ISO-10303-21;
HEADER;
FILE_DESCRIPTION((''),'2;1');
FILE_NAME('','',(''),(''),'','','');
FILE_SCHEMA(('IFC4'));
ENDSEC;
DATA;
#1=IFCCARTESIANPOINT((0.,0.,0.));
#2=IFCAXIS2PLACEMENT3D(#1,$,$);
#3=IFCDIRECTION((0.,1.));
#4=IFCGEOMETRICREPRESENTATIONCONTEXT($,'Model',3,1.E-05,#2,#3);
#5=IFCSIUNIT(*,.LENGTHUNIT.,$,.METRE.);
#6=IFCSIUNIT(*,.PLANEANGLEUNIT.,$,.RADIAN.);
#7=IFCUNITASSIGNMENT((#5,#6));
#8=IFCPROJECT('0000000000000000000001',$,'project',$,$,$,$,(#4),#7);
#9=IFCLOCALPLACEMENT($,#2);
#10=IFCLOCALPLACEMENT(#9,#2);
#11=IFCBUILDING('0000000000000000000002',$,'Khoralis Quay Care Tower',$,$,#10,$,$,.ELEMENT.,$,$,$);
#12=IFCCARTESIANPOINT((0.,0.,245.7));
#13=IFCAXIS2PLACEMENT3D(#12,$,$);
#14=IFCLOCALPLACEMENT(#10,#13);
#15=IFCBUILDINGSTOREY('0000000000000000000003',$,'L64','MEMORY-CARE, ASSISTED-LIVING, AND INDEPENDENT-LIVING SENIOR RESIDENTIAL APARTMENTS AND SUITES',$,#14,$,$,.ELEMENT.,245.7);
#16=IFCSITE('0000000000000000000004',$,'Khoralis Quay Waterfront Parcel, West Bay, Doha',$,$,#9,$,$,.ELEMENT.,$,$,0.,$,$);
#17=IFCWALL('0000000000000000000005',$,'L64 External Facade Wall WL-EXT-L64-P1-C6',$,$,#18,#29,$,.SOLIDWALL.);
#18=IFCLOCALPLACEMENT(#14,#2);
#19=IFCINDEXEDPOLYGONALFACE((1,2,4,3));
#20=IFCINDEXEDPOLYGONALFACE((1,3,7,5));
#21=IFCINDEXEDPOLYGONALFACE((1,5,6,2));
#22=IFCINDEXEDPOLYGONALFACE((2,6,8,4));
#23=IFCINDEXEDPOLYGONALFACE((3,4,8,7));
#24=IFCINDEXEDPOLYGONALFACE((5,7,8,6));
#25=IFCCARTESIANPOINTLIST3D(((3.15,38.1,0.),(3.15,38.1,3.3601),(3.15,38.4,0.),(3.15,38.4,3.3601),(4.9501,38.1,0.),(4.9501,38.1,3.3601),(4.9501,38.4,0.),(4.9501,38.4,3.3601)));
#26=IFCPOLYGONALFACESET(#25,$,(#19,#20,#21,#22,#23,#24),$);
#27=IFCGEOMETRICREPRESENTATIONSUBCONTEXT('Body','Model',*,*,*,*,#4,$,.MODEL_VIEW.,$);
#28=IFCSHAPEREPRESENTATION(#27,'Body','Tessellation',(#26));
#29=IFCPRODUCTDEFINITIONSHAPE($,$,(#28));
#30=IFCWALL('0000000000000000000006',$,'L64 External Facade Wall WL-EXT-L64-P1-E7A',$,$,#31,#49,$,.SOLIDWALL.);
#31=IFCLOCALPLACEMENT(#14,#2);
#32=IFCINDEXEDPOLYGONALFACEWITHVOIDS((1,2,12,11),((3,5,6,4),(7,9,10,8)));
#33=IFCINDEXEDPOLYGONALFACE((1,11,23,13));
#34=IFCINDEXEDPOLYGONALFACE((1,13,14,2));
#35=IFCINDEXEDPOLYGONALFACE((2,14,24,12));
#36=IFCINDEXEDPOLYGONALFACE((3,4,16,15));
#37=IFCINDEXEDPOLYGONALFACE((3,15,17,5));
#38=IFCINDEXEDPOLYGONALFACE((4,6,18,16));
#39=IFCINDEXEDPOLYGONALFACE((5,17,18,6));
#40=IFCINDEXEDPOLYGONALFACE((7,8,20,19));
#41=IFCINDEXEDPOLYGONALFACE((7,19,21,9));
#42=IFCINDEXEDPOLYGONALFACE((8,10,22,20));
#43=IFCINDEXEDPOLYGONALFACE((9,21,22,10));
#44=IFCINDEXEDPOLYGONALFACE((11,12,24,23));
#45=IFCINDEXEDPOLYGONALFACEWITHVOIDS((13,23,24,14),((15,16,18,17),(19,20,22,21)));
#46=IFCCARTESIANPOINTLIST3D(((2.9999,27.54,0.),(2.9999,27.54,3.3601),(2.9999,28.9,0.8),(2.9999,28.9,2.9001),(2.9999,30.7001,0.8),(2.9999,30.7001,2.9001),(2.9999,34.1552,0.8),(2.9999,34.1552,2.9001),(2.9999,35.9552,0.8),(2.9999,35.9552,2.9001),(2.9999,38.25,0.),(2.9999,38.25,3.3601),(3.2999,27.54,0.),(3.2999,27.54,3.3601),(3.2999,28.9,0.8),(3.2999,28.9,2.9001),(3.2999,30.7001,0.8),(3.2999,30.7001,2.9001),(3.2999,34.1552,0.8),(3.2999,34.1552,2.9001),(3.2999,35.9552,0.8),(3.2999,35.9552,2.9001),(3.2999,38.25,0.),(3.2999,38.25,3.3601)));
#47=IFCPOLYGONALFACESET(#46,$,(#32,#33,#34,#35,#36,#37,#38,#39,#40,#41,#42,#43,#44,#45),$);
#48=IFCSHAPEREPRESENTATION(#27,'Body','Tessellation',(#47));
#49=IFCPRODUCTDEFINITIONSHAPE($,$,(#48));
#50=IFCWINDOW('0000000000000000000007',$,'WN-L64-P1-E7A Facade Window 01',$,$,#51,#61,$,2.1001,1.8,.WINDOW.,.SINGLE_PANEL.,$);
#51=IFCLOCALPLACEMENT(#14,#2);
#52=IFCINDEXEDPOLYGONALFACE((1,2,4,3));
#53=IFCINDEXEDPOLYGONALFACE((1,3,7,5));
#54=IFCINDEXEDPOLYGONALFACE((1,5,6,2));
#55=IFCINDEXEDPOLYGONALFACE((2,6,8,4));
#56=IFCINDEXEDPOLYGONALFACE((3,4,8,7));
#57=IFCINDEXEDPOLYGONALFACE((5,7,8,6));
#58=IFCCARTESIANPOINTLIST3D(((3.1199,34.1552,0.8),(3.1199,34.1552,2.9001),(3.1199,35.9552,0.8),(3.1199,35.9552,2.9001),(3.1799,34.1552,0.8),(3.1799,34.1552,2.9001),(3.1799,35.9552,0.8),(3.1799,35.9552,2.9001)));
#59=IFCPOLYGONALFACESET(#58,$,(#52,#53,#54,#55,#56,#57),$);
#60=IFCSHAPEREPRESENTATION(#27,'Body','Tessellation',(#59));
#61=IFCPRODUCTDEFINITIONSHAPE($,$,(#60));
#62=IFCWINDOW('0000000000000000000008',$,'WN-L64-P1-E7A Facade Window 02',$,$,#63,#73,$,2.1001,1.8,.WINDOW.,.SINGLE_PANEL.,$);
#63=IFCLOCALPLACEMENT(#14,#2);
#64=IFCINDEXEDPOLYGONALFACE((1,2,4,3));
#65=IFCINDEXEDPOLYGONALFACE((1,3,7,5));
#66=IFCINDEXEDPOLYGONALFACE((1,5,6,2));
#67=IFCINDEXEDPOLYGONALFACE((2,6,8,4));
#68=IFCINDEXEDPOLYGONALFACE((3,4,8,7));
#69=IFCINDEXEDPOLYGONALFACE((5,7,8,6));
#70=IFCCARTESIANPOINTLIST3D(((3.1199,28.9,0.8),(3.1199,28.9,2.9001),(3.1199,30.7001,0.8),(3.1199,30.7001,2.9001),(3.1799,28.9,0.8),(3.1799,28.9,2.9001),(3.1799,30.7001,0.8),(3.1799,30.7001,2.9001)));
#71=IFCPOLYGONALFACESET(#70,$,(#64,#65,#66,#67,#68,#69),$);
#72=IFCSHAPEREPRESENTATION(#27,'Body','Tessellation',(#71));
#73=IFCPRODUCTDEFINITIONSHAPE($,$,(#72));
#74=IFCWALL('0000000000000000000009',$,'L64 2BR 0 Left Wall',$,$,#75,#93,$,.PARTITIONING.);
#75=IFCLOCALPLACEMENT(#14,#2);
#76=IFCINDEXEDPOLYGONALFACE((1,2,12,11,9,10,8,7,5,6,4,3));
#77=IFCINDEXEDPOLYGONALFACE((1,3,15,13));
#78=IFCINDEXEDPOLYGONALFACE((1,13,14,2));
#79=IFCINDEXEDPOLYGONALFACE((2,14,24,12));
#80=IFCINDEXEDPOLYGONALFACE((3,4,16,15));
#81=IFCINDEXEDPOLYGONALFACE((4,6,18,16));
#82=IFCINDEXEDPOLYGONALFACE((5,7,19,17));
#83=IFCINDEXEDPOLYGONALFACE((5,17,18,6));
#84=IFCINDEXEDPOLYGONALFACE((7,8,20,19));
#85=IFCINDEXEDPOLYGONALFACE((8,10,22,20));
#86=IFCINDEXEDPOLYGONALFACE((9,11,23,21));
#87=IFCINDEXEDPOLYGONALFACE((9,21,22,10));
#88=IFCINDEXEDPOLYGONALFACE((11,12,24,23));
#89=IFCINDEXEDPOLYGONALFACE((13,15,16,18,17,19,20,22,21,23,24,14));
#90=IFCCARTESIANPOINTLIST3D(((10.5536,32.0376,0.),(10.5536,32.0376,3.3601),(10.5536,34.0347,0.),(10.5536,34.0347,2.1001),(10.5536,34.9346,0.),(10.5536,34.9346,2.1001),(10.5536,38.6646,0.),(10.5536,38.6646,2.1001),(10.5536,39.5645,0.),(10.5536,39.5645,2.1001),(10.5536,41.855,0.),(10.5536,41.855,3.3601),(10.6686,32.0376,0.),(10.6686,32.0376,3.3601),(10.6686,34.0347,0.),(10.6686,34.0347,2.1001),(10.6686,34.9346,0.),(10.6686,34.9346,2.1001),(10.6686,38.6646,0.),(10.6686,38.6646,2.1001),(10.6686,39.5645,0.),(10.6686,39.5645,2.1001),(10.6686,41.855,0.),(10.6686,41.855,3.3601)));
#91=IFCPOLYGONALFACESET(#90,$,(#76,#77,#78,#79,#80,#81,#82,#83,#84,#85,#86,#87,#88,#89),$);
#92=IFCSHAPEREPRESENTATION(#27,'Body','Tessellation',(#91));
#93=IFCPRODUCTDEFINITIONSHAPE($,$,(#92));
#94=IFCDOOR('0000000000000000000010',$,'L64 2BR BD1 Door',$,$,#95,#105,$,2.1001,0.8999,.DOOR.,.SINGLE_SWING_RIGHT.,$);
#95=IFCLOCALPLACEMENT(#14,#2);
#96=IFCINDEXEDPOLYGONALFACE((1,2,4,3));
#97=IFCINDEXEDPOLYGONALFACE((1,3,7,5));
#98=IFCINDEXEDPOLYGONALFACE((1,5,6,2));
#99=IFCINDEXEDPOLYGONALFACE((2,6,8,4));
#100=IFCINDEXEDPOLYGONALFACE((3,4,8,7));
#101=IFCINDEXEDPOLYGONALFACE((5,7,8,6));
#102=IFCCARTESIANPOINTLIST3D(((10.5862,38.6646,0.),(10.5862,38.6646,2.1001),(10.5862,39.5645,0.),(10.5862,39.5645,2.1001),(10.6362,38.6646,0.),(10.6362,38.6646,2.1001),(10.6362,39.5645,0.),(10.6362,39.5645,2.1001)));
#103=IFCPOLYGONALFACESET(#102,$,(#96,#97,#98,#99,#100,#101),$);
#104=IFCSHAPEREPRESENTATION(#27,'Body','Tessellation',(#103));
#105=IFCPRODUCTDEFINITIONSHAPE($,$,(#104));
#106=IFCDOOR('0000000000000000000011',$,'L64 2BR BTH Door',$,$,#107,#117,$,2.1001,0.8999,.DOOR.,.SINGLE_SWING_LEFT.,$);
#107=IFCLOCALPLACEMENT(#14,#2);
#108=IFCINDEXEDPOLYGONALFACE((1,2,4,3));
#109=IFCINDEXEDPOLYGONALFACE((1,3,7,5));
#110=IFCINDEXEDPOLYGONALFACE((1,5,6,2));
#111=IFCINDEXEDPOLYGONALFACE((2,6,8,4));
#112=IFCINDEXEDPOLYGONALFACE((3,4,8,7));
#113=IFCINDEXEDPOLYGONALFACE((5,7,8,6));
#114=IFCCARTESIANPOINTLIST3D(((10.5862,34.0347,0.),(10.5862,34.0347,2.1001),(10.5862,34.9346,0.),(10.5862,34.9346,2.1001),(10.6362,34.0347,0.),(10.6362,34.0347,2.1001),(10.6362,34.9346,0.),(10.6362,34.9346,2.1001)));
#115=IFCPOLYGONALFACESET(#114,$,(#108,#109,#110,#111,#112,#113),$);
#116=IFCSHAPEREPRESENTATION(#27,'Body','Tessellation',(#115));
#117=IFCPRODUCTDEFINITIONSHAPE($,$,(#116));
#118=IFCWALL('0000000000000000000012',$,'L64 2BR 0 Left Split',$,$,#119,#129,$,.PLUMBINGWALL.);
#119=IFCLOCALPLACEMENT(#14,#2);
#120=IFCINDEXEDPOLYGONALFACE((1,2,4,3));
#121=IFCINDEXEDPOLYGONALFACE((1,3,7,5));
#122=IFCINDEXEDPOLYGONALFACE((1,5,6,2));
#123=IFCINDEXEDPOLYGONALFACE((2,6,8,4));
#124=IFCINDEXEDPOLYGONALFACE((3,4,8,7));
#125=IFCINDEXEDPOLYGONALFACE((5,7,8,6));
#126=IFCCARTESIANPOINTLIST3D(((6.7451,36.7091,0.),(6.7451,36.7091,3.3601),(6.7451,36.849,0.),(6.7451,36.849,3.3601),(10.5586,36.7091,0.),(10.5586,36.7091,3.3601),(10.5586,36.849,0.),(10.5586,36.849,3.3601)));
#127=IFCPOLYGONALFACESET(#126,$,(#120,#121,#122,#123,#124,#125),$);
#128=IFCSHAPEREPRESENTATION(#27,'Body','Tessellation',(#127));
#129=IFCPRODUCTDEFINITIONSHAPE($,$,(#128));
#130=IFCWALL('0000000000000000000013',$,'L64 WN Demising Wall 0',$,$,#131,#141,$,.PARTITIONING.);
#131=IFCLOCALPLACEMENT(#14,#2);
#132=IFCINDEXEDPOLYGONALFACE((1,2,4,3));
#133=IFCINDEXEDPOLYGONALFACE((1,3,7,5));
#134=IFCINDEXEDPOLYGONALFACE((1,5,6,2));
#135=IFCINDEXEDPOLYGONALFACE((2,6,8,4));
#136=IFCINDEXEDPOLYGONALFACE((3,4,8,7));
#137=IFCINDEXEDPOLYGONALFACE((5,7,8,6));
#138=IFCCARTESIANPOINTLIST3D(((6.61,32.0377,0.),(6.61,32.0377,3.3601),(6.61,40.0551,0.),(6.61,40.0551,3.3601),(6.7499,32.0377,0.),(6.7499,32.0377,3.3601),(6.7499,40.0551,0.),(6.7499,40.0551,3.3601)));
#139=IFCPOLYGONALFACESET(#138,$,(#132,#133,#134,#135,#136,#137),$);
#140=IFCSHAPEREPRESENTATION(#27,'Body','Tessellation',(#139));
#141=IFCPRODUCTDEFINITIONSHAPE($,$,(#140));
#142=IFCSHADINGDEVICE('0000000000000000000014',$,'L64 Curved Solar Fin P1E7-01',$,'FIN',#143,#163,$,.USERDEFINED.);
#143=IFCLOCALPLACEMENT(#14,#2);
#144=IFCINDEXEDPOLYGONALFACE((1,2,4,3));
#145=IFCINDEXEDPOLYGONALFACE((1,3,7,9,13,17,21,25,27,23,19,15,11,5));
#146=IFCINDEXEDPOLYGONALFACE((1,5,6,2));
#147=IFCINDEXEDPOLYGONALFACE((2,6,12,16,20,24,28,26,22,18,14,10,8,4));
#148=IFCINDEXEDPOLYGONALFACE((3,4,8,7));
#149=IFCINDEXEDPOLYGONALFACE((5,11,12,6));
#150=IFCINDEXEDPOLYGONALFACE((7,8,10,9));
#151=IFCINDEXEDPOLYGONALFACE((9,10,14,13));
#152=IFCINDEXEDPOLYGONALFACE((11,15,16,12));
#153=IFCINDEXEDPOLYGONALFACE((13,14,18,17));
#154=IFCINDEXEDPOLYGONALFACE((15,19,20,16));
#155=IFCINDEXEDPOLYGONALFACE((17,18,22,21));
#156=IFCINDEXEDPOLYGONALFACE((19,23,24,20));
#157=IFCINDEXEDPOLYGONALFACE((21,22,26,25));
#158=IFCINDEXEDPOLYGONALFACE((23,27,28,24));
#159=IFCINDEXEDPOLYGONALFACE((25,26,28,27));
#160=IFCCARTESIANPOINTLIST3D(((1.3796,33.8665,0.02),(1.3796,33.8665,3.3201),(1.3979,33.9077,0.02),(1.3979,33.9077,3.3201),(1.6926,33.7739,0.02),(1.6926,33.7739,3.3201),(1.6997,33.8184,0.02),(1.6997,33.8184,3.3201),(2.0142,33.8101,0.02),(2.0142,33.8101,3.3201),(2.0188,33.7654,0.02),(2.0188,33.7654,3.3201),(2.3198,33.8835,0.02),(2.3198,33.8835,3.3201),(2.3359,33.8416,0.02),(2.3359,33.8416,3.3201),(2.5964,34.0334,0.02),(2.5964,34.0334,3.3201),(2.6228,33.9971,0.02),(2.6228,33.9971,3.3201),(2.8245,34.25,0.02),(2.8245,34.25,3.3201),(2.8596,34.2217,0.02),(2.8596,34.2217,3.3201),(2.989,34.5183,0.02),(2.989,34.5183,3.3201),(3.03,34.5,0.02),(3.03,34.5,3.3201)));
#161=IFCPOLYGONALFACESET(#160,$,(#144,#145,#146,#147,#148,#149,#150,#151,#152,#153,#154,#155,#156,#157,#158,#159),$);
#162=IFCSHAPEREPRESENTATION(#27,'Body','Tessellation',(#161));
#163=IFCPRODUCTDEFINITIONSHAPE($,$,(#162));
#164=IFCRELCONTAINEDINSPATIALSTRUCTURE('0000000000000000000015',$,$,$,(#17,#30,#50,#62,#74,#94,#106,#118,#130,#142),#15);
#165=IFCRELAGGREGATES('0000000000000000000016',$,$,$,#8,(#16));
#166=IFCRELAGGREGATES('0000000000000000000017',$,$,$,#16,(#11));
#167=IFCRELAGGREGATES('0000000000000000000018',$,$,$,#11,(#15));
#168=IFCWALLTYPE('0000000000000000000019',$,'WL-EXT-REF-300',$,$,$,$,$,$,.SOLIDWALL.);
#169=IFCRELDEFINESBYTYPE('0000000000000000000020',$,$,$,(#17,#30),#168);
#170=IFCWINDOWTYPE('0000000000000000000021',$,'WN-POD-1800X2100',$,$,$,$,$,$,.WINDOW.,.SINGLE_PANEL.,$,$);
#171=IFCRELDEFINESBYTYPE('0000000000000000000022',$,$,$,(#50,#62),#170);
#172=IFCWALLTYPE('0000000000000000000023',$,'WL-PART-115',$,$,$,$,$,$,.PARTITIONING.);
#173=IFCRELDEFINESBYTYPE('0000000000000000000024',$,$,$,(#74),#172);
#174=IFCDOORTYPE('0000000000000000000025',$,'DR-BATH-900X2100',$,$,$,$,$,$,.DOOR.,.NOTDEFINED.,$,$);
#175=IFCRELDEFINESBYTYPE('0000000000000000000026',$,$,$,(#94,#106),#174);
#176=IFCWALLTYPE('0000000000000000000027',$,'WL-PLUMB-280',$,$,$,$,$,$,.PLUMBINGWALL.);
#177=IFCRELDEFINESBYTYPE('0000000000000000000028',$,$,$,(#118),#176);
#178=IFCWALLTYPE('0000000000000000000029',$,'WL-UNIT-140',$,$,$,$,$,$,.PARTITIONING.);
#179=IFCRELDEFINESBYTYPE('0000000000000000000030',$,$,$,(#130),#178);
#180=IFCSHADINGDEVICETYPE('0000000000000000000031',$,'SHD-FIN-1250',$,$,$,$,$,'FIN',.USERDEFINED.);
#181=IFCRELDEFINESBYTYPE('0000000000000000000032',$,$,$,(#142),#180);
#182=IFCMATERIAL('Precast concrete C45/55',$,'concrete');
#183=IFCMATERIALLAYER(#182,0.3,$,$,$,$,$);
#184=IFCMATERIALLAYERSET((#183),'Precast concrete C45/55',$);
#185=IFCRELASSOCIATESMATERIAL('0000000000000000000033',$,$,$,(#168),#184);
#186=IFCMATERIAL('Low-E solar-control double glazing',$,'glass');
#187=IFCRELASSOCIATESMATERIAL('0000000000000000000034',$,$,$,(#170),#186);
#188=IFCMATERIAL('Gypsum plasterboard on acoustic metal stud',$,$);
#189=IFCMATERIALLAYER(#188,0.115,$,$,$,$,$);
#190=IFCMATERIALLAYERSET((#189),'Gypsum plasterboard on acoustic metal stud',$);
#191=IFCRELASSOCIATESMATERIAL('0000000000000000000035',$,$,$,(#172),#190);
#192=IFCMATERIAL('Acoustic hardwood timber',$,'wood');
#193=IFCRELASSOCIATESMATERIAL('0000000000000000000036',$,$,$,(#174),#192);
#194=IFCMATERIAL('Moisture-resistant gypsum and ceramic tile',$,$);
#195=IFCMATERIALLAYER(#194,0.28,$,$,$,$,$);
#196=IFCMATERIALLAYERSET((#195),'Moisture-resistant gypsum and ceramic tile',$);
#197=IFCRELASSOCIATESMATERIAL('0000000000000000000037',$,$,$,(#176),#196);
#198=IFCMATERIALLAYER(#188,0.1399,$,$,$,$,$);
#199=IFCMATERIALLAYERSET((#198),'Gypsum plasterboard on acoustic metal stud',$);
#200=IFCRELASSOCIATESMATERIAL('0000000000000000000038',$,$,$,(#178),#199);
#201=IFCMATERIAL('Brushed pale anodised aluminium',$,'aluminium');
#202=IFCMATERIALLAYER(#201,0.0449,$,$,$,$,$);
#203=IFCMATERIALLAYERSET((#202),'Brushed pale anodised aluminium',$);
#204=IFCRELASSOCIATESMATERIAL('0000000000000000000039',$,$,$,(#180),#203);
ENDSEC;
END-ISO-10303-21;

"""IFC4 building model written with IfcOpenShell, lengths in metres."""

from ifc_helpers import new_model, si_unit, direction, frame, frame_2d, origin, place, context, subcontext, project, spatial, polyline, rectangle, outline, extrude, source, transform, mapped, material, layer, layer_set, type_object, element, fill, save


model = new_model("IFC4")

# Units and contexts
model_context = context("Model", 3, precision=1e-05, world=origin(), true_north=direction((0.0, 1.0)))
body_context = subcontext(model_context, "Body", "Model", "MODEL_VIEW")
ifc_project = project(units=[si_unit("LENGTHUNIT", "METRE"), si_unit("PLANEANGLEUNIT", "RADIAN")], contexts=[model_context])

# Site, building, storey
site_placement = place(None, origin())
site = spatial("IfcSite", under=ifc_project, at=site_placement, Name="Khoralis Quay Waterfront Parcel, West Bay, Doha", CompositionType="ELEMENT", RefElevation=0.0)
building_placement = place(site_placement, origin())
building = spatial("IfcBuilding", under=site, at=building_placement, Name="Khoralis Quay Care Tower", CompositionType="ELEMENT")
storey_placement = place(building_placement, frame((0.0, 0.0, 245.7)))
storey = spatial("IfcBuildingStorey", under=building, at=storey_placement, Name="L64", Description="MEMORY-CARE, ASSISTED-LIVING, AND INDEPENDENT-LIVING SENIOR RESIDENTIAL APARTMENTS AND SUITES", CompositionType="ELEMENT", Elevation=245.7)

# Shared definitions
ifc_material_1 = material(Name="Gypsum plasterboard on acoustic metal stud")

# Shared definitions
ifc_material_2 = material(Name="Acoustic hardwood timber", Category="wood")

# Wall
ifc_material_3 = material(Name="Precast concrete C45/55", Category="concrete")
ifc_layer_1 = layer(ifc_material_3, 0.3)
ifc_layer_set_1 = layer_set([ifc_layer_1], Name="Precast concrete C45/55")
wall_type_1 = type_object("IfcWallType", Name="WL-EXT-REF-300", PredefinedType="SOLIDWALL", material=ifc_layer_set_1)
for number, where, z_axis, x_axis, name in (
    (1, (4.95, 38.25, 0.0), (0.0, 0.0, 1.0), (-1.0, 0.0, 0.0), "L64 External Facade Wall WL-EXT-L64-P1-C6"),
):
    element("IfcWall", number, at=place(storey_placement, frame(where, z_axis=z_axis, x_axis=x_axis)), inside=storey, type_object=wall_type_1, Name=name, PredefinedType="SOLIDWALL", context=body_context, shape_type="SweptSolid", body=[
        extrude(rectangle(XDim=1.8, YDim=0.3, at=frame_2d((0.8999, 0.0))), origin(), (0.0, 0.0, 1.0), 3.3601),
    ])

# Wall, openings, windows
wall_1_placement = place(storey_placement, frame((3.1499, 38.25, 0.0), z_axis=(0.0, 0.0, 1.0), x_axis=(0.0, -1.0, 0.0)))
wall_1 = element("IfcWall", 2, at=wall_1_placement, inside=storey, type_object=wall_type_1, Name="L64 External Facade Wall WL-EXT-L64-P1-E7A", PredefinedType="SOLIDWALL", context=body_context, shape_type="SweptSolid", body=[
    extrude(rectangle(XDim=10.71, YDim=0.3, at=frame_2d((5.355, 0.0))), origin(), (0.0, 0.0, 1.0), 3.3601),
])
opening_1_placement = place(wall_1_placement, frame((2.2949, 0.0, 0.8)))
opening_1 = element("IfcOpeningElement", 3, at=opening_1_placement, cuts=wall_1, PredefinedType="OPENING", context=body_context, shape_type="SweptSolid", body=[
    extrude(rectangle(XDim=1.8, YDim=2.1001, at=frame_2d((0.8999, 1.05))), frame((0.0, 0.1602, 0.0), z_axis=(0.0, -1.0, 0.0), x_axis=(1.0, 0.0, 0.0)), (0.0, 0.0, 1.0), 0.3201),
])
opening_2_placement = place(wall_1_placement, frame((7.55, 0.0, 0.8)))
opening_2 = element("IfcOpeningElement", 4, at=opening_2_placement, cuts=wall_1, PredefinedType="OPENING", context=body_context, shape_type="SweptSolid", body=[
    extrude(rectangle(XDim=1.8, YDim=2.1001, at=frame_2d((0.8999, 1.05))), frame((0.0, 0.1602, 0.0), z_axis=(0.0, -1.0, 0.0), x_axis=(1.0, 0.0, 0.0)), (0.0, 0.0, 1.0), 0.3201),
])
ifc_material_4 = material(Name="Low-E solar-control double glazing", Category="glass")
window_type = type_object("IfcWindowType", Name="WN-POD-1800X2100", PartitioningType="SINGLE_PANEL", PredefinedType="WINDOW", material=ifc_material_4)
shared_shape_1 = source(origin(), body_context, "Body", "SweptSolid", [
    extrude(rectangle(XDim=1.8, YDim=2.1001, at=frame_2d((0.8999, 1.05))), frame((0.0, 0.03, 0.0), z_axis=(0.0, -1.0, 0.0), x_axis=(1.0, 0.0, 0.0)), (0.0, 0.0, 1.0), 0.0601),
])
window_1_placement = place(opening_1_placement, origin())
window_1 = element("IfcWindow", 5, at=window_1_placement, inside=storey, type_object=window_type, Name="WN-L64-P1-E7A Facade Window 01", OverallHeight=2.1001, OverallWidth=1.8, PartitioningType="SINGLE_PANEL", PredefinedType="WINDOW", context=body_context, shape_type="MappedRepresentation", body=[
    mapped(shared_shape_1, transform((0.0, 0.0, 0.0), scale=1.0)),
])
fill(opening_1, window_1)
window_2_placement = place(opening_2_placement, origin())
window_2 = element("IfcWindow", 6, at=window_2_placement, inside=storey, type_object=window_type, Name="WN-L64-P1-E7A Facade Window 02", OverallHeight=2.1001, OverallWidth=1.8, PartitioningType="SINGLE_PANEL", PredefinedType="WINDOW", context=body_context, shape_type="MappedRepresentation", body=[
    mapped(shared_shape_1, transform((0.0, 0.0, 0.0), scale=1.0)),
])
fill(opening_2, window_2)

# Wall, openings, doors
ifc_layer_2 = layer(ifc_material_1, 0.115)
ifc_layer_set_2 = layer_set([ifc_layer_2], Name="Gypsum plasterboard on acoustic metal stud")
wall_type_2 = type_object("IfcWallType", Name="WL-PART-115", PredefinedType="PARTITIONING", material=ifc_layer_set_2)
wall_2_placement = place(storey_placement, frame((10.6111, 32.0376, 0.0), z_axis=(0.0, 0.0, 1.0), x_axis=(0.0, 1.0, 0.0)))
wall_2 = element("IfcWall", 7, at=wall_2_placement, inside=storey, type_object=wall_type_2, Name="L64 2BR 0 Left Wall", PredefinedType="PARTITIONING", context=body_context, shape_type="SweptSolid", body=[
    extrude(rectangle(XDim=9.8174, YDim=0.115, at=frame_2d((4.9087, 0.0))), origin(), (0.0, 0.0, 1.0), 3.3601),
])
opening_3_placement = place(wall_2_placement, frame((6.627, 0.0, 0.0)))
opening_3 = element("IfcOpeningElement", 8, at=opening_3_placement, cuts=wall_2, PredefinedType="OPENING", context=body_context, shape_type="SweptSolid", body=[
    extrude(rectangle(XDim=0.8999, YDim=2.1001, at=frame_2d((0.45, 1.05))), frame((0.0, 0.0674, 0.0), z_axis=(0.0, -1.0, 0.0), x_axis=(1.0, 0.0, 0.0)), (0.0, 0.0, 1.0), 0.135),
])
opening_4_placement = place(wall_2_placement, frame((1.9971, 0.0, 0.0)))
opening_4 = element("IfcOpeningElement", 9, at=opening_4_placement, cuts=wall_2, PredefinedType="OPENING", context=body_context, shape_type="SweptSolid", body=[
    extrude(rectangle(XDim=0.8999, YDim=2.1001, at=frame_2d((0.45, 1.05))), frame((0.0, 0.0674, 0.0), z_axis=(0.0, -1.0, 0.0), x_axis=(1.0, 0.0, 0.0)), (0.0, 0.0, 1.0), 0.135),
])
door_type_1 = type_object("IfcDoorType", Name="DR-BATH-900X2100", OperationType="NOTDEFINED", PredefinedType="DOOR", material=ifc_material_2)
shared_shape_2 = source(origin(), body_context, "Body", "SweptSolid", [
    extrude(rectangle(XDim=0.8999, YDim=2.1001, at=frame_2d((0.45, 1.05))), frame((0.0, 0.0249, 0.0), z_axis=(0.0, -1.0, 0.0), x_axis=(1.0, 0.0, 0.0)), (0.0, 0.0, 1.0), 0.05),
])
door_1_placement = place(opening_3_placement, origin())
door_1 = element("IfcDoor", 10, at=door_1_placement, inside=storey, type_object=door_type_1, Name="L64 2BR BD1 Door", OperationType="SINGLE_SWING_RIGHT", OverallHeight=2.1001, OverallWidth=0.8999, PredefinedType="DOOR", context=body_context, shape_type="MappedRepresentation", body=[
    mapped(shared_shape_2, transform((0.0, 0.0, 0.0), scale=1.0)),
])
fill(opening_3, door_1)
door_2_placement = place(opening_4_placement, origin())
door_2 = element("IfcDoor", 11, at=door_2_placement, inside=storey, type_object=door_type_1, Name="L64 2BR BTH Door", OperationType="SINGLE_SWING_LEFT", OverallHeight=2.1001, OverallWidth=0.8999, PredefinedType="DOOR", context=body_context, shape_type="MappedRepresentation", body=[
    mapped(shared_shape_2, transform((0.0, 0.0, 0.0), scale=1.0)),
])
fill(opening_4, door_2)

# Walls
ifc_material_5 = material(Name="Moisture-resistant gypsum and ceramic tile")
ifc_layer_3 = layer(ifc_material_5, 0.28)
ifc_layer_set_3 = layer_set([ifc_layer_3], Name="Moisture-resistant gypsum and ceramic tile")
wall_type_3 = type_object("IfcWallType", Name="WL-PLUMB-280", PredefinedType="PLUMBINGWALL", material=ifc_layer_set_3)
wall_3_placement = place(storey_placement, frame((6.7451, 36.7791, 0.0), z_axis=(0.0, 0.0, 1.0), x_axis=(1.0, 0.0, 0.0)))
element("IfcWall", 12, at=wall_3_placement, inside=storey, type_object=wall_type_3, Name="L64 2BR 0 Left Split", PredefinedType="PLUMBINGWALL", context=body_context, shape_type="SweptSolid", body=[
    extrude(rectangle(XDim=3.8135, YDim=0.1399, at=frame_2d((1.9067, 0.0))), origin(), (0.0, 0.0, 1.0), 3.3601),
])
ifc_layer_4 = layer(ifc_material_1, 0.1399)
ifc_layer_set_4 = layer_set([ifc_layer_4], Name="Gypsum plasterboard on acoustic metal stud")
wall_type_4 = type_object("IfcWallType", Name="WL-UNIT-140", PredefinedType="PARTITIONING", material=ifc_layer_set_4)
wall_4_placement = place(storey_placement, frame((6.6799, 32.0376, 0.0), z_axis=(0.0, 0.0, 1.0), x_axis=(0.0, 1.0, 0.0)))
element("IfcWall", 13, at=wall_4_placement, inside=storey, type_object=wall_type_4, Name="L64 WN Demising Wall 0", PredefinedType="PARTITIONING", context=body_context, shape_type="SweptSolid", body=[
    extrude(rectangle(XDim=8.0173, YDim=0.1399, at=frame_2d((4.0088, 0.0))), origin(), (0.0, 0.0, 1.0), 3.3601),
])

# Shading device
ifc_material_6 = material(Name="Brushed pale anodised aluminium", Category="aluminium")
ifc_layer_5 = layer(ifc_material_6, 0.0449)
ifc_layer_set_5 = layer_set([ifc_layer_5], Name="Brushed pale anodised aluminium")
shading_device_type = type_object("IfcShadingDeviceType", Name="SHD-FIN-1250", ElementType="FIN", PredefinedType="USERDEFINED", material=ifc_layer_set_5)
shared_shape_3 = source(origin(), body_context, "Body", "SweptSolid", [
    extrude(outline(polyline([(0.0, 0.0), (0.1704, 0.2783), (0.4072, 0.5029), (0.6941, 0.6584), (1.0112, 0.7346), (1.3374, 0.7261), (1.6504, 0.6335), (1.6321, 0.5923), (1.3303, 0.6816), (1.0159, 0.6899), (0.7102, 0.6165), (0.4336, 0.4666), (0.2056, 0.25), (0.041, -0.0183), (0.0, 0.0)])), origin(), (0.0, 0.0, 1.0), 3.3),
])
shading_device_placement = place(storey_placement, frame((3.03, 34.5, 0.02), z_axis=(0.0, 0.0, 1.0), x_axis=(-1.0, 0.0, 0.0)))
element("IfcShadingDevice", 14, at=shading_device_placement, inside=storey, type_object=shading_device_type, Name="L64 Curved Solar Fin P1E7-01", ObjectType="FIN", PredefinedType="USERDEFINED", context=body_context, shape_type="MappedRepresentation", body=[
    mapped(shared_shape_3, transform((0.0, 0.0, 0.0), scale=1.0)),
])

save(model, "model.ifc")
